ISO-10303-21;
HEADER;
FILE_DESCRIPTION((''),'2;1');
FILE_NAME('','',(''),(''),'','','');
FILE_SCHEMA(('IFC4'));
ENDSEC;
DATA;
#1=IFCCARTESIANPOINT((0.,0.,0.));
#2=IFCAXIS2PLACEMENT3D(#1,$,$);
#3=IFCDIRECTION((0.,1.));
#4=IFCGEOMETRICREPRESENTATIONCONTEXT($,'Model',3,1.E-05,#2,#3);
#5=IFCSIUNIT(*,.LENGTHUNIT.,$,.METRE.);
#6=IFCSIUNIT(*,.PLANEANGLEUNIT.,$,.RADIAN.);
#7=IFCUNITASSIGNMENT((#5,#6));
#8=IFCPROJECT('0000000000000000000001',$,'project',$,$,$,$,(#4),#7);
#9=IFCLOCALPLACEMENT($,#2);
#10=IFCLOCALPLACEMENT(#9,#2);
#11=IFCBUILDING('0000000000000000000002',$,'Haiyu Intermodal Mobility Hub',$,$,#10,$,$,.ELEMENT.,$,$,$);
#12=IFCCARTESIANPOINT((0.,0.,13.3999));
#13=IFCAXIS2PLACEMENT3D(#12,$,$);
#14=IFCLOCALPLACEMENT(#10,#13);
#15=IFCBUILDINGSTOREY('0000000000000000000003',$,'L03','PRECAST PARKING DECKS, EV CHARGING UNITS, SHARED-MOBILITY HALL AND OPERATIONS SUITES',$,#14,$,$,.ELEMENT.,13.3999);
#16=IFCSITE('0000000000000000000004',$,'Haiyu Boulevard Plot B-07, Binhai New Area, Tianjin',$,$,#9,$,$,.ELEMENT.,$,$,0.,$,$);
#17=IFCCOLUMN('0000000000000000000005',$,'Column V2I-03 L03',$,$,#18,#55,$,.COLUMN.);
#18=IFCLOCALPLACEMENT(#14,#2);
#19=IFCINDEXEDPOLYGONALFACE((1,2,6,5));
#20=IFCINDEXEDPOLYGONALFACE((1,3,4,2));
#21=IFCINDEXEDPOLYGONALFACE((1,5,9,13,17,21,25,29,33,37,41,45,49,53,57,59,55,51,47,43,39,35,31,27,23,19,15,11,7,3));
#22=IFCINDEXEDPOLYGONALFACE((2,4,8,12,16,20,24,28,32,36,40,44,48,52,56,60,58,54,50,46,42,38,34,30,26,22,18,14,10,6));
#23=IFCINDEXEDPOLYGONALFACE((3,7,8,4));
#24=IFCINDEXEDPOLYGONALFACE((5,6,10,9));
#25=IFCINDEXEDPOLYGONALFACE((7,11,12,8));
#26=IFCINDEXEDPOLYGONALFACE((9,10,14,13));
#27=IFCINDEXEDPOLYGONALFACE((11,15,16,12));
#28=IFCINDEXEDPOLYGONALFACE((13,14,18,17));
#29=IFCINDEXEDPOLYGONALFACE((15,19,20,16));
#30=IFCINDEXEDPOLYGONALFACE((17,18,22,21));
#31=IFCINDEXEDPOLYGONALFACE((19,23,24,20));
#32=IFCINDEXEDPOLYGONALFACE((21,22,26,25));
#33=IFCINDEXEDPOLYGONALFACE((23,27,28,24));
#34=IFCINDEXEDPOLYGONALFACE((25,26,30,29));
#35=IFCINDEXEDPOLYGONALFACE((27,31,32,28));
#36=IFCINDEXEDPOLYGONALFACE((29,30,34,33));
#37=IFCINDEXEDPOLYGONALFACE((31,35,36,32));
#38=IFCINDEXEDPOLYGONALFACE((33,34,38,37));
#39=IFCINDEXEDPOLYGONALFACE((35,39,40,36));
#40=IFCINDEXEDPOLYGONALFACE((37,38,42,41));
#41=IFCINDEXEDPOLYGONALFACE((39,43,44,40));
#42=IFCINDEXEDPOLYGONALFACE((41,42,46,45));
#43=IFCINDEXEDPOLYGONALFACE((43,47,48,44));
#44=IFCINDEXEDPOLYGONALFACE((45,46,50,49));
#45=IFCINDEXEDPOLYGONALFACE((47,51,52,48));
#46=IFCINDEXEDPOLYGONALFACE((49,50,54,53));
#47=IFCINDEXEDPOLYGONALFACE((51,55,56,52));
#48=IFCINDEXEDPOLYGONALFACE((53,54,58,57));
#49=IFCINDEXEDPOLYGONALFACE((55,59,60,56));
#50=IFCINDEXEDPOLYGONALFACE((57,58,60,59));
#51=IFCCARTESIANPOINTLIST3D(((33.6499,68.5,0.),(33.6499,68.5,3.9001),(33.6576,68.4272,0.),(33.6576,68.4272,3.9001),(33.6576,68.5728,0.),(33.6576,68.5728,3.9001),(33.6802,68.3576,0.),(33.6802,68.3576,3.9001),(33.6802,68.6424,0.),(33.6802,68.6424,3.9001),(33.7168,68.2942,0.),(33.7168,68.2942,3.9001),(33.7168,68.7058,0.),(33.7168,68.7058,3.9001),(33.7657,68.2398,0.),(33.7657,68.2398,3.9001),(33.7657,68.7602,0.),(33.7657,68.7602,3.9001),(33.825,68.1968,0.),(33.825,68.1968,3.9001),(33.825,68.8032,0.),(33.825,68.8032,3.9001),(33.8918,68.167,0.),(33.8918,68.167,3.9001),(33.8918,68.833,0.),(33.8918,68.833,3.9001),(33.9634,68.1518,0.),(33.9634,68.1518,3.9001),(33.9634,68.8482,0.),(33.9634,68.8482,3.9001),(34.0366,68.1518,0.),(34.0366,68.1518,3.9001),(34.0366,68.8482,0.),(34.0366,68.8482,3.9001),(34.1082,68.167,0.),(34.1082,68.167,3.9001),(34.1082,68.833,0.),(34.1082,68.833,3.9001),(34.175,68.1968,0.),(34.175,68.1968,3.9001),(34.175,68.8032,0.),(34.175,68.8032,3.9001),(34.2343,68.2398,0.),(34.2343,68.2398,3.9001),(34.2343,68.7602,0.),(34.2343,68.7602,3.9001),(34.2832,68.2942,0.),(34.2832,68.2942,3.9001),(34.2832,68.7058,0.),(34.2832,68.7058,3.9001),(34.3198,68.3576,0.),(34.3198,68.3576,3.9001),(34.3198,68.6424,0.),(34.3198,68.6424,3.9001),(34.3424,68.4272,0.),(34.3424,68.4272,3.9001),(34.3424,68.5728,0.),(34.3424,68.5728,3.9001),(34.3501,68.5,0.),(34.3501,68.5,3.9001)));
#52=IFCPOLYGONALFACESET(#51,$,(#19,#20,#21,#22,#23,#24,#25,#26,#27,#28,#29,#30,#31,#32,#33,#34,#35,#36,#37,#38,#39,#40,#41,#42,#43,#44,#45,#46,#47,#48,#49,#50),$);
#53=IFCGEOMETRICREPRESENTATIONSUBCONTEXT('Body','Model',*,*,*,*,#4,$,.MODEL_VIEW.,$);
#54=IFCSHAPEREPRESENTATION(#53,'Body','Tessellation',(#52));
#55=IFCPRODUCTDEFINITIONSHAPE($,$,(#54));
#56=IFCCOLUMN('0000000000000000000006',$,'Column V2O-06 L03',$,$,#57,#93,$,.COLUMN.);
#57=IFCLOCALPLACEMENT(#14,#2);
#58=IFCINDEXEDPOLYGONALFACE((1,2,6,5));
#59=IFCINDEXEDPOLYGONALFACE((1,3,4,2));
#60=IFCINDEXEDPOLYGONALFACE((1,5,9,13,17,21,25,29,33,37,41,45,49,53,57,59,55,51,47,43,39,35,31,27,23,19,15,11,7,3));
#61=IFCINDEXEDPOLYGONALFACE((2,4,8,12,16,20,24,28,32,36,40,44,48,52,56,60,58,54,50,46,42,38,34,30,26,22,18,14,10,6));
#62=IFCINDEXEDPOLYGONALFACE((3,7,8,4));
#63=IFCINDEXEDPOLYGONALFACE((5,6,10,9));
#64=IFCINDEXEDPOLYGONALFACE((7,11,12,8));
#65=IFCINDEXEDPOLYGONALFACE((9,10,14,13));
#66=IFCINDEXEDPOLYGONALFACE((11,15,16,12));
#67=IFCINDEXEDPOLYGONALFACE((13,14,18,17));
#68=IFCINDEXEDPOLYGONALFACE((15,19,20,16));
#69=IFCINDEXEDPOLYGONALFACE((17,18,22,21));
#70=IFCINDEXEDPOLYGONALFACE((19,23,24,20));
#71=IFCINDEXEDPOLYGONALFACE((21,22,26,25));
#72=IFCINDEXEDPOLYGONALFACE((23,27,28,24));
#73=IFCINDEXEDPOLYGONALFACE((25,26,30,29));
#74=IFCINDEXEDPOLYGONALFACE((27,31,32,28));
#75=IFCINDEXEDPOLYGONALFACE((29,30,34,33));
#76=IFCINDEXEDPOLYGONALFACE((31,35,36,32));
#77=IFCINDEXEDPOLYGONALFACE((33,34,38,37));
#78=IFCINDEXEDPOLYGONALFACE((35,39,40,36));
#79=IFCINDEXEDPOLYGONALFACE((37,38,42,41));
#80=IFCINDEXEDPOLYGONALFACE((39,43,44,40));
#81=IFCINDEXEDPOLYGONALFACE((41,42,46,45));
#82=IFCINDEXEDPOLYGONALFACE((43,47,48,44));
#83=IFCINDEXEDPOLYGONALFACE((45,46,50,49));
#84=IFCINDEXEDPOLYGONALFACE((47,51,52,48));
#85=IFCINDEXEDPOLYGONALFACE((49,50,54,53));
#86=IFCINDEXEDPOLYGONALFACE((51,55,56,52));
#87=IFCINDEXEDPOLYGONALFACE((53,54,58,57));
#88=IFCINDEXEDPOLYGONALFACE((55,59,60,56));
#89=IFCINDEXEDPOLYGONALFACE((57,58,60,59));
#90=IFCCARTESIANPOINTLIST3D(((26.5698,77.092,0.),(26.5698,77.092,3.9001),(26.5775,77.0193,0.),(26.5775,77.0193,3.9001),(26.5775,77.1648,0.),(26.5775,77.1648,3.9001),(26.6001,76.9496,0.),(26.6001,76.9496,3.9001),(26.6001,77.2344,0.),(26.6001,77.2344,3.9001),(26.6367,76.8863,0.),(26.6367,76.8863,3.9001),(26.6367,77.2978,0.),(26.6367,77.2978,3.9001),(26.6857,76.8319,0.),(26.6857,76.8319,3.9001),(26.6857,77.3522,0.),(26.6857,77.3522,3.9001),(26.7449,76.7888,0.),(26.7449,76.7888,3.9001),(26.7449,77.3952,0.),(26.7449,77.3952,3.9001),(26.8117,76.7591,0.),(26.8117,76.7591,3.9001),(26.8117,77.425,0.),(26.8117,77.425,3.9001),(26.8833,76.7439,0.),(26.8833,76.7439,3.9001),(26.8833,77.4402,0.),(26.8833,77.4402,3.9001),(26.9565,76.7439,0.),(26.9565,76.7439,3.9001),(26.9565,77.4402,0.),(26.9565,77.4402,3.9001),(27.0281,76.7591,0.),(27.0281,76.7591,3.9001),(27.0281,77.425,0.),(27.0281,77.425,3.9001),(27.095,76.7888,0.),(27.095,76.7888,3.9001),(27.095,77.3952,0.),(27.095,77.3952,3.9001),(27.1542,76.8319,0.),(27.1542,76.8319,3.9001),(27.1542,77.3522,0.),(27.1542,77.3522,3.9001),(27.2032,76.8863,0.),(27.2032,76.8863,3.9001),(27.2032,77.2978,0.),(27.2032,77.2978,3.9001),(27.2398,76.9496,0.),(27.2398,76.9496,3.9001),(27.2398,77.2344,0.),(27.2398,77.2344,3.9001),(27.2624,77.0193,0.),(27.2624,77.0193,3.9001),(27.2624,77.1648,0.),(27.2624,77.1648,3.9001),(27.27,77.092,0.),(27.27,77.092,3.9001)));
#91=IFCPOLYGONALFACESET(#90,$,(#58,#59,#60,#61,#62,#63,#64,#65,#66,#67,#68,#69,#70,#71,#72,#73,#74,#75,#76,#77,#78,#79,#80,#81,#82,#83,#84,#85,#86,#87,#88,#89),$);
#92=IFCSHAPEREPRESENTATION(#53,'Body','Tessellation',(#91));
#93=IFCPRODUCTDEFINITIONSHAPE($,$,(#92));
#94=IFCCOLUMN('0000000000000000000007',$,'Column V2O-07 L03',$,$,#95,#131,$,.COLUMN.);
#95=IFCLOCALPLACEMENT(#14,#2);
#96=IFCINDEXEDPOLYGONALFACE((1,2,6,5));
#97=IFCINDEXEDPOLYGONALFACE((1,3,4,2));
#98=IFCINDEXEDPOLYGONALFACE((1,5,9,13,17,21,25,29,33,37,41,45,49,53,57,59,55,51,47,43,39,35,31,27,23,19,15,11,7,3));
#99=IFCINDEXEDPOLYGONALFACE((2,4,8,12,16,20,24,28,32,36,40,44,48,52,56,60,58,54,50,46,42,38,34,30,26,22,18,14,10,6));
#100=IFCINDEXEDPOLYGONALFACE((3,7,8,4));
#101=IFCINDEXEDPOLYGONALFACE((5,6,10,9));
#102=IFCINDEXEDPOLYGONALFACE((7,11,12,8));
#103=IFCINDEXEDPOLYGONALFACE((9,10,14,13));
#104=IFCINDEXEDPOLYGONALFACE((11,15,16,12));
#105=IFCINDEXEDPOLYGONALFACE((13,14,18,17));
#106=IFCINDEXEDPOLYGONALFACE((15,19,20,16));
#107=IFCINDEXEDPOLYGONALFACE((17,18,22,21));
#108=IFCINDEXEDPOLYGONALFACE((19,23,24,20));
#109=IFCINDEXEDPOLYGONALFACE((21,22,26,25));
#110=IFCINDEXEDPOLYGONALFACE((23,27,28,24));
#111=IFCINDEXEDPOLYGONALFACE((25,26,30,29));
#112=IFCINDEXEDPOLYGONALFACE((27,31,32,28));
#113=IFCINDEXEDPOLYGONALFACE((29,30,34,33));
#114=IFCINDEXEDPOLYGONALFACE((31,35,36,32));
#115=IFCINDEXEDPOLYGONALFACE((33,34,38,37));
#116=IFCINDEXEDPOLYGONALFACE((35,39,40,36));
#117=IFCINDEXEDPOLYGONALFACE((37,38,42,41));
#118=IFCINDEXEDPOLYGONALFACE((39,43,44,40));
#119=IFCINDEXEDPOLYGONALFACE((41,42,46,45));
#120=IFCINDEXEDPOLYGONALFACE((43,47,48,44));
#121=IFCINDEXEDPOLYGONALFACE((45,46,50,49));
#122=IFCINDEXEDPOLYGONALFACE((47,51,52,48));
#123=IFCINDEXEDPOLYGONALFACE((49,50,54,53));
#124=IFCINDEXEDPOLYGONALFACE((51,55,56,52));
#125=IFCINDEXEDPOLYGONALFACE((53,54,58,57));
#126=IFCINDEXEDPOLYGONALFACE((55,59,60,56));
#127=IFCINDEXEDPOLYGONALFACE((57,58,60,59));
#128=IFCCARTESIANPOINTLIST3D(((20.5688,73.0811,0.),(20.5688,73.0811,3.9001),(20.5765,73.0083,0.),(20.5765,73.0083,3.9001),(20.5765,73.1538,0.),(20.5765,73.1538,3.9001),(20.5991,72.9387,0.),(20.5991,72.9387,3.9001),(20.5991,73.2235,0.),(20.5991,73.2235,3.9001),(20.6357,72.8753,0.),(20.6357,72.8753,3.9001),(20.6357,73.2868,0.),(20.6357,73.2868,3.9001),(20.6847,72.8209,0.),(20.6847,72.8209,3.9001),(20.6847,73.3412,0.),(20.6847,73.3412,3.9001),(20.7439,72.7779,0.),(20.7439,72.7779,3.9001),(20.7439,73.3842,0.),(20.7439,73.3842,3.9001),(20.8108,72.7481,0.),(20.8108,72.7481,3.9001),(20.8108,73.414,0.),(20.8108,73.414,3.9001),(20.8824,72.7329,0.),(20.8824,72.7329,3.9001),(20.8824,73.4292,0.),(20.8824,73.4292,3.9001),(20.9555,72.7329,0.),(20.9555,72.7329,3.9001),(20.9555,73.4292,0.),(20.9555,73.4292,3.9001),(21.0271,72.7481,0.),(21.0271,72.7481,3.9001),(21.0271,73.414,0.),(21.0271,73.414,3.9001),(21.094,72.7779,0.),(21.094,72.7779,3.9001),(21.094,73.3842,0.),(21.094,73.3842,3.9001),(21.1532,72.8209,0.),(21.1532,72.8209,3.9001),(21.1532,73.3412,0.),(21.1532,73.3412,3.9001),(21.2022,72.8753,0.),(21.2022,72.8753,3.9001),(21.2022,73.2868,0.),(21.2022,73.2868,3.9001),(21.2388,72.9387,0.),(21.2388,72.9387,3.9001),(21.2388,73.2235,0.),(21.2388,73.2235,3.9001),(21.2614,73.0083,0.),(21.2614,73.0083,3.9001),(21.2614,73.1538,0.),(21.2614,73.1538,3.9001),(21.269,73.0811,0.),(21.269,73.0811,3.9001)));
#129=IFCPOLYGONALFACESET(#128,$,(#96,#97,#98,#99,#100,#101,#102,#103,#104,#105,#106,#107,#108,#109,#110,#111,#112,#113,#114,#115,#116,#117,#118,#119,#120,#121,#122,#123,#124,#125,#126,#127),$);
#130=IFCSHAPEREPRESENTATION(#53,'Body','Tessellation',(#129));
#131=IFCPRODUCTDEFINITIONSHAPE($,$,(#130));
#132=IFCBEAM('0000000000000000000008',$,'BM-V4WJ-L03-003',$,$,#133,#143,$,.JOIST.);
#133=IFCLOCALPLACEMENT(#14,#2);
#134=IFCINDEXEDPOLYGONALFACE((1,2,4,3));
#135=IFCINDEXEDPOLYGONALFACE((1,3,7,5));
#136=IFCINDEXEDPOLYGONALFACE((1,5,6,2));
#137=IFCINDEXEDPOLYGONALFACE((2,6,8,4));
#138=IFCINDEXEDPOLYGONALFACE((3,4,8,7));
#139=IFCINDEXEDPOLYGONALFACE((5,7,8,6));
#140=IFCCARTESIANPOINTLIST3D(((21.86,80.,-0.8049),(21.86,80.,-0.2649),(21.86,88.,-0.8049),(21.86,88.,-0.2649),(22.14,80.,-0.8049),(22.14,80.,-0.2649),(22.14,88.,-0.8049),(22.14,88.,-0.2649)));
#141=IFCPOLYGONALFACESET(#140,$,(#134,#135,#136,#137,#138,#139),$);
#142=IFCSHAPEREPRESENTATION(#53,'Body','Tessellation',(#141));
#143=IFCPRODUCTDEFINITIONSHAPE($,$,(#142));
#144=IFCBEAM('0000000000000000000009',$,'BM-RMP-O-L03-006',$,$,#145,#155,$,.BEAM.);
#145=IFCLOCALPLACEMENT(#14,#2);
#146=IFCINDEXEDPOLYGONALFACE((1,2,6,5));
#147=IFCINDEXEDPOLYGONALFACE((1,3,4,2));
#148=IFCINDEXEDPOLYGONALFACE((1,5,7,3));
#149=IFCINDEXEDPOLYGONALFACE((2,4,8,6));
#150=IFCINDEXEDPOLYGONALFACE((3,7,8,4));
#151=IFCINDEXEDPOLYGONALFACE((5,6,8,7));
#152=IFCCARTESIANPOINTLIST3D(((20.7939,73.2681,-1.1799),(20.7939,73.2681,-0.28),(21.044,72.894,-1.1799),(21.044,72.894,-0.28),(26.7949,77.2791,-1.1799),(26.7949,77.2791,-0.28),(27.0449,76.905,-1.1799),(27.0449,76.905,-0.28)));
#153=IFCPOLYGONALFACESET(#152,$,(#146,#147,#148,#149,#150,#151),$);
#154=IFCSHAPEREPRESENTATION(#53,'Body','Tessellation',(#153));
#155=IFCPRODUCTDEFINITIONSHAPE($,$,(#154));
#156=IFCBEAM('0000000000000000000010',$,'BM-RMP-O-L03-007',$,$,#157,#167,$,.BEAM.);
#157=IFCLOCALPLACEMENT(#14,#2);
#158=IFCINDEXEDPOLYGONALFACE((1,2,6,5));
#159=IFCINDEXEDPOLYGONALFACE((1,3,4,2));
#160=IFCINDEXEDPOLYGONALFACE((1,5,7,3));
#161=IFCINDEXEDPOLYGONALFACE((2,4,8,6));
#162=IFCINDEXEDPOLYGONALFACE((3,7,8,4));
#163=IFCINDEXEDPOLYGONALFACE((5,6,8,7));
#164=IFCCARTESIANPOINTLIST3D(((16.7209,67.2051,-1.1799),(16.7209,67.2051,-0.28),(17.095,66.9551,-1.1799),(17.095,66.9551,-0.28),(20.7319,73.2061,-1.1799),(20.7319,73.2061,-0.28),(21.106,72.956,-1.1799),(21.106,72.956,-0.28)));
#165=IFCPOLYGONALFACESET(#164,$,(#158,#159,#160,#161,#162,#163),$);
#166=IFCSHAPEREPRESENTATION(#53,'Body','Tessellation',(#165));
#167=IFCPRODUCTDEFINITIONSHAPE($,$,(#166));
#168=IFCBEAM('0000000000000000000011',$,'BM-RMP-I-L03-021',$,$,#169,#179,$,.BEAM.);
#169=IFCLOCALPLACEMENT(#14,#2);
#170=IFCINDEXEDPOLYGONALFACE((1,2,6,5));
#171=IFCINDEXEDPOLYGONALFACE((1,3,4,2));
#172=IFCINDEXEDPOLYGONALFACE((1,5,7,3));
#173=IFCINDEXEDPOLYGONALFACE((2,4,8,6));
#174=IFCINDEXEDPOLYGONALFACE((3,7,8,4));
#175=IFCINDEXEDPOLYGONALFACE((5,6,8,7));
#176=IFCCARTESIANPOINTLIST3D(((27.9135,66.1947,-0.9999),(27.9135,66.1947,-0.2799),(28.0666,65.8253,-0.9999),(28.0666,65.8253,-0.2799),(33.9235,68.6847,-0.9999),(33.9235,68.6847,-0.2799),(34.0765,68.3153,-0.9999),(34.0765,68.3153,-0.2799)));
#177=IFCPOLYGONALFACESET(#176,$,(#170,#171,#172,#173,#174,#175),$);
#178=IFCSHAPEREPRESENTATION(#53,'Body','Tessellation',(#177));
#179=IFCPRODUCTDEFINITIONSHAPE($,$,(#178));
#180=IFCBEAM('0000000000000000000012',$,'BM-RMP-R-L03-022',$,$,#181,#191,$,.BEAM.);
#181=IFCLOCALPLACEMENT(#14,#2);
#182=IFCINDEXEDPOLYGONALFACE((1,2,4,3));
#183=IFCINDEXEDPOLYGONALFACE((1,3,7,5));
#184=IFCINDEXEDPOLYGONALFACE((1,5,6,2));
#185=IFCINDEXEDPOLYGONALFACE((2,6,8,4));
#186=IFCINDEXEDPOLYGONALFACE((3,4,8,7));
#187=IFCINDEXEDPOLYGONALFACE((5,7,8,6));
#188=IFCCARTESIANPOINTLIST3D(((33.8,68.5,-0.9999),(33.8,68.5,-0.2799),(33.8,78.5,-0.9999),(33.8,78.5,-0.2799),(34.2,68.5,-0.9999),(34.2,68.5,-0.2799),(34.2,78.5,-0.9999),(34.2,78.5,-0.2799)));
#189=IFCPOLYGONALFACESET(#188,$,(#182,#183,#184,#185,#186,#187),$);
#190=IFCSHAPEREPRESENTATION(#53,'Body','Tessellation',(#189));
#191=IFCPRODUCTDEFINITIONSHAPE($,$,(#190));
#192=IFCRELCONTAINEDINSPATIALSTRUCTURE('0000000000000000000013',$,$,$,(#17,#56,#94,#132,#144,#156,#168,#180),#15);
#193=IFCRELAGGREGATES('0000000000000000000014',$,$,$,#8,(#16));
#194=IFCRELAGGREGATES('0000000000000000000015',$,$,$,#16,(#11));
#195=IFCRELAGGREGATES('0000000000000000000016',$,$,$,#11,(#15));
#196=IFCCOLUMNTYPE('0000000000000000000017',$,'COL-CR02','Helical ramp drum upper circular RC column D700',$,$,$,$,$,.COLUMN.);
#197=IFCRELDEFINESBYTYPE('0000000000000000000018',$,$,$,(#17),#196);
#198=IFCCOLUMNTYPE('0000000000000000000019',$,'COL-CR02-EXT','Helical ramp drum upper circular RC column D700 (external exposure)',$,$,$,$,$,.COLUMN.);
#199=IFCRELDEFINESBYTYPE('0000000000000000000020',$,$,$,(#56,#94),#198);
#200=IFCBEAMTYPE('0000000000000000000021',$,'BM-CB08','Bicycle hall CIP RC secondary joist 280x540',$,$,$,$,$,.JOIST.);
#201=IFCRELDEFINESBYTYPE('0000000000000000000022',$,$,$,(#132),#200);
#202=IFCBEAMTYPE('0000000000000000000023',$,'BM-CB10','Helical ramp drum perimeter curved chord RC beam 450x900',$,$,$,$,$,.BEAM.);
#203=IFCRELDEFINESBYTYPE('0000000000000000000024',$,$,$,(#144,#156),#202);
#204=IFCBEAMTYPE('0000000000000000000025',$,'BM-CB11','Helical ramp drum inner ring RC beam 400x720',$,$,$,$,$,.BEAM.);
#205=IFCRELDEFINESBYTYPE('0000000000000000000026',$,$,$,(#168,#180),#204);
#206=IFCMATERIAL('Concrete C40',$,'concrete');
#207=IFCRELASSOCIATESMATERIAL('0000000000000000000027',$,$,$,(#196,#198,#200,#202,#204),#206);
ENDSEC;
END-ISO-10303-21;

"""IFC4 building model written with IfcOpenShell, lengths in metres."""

from ifc_helpers import new_model, si_unit, direction, frame, origin, origin_2d, place, context, subcontext, project, spatial, rectangle, circle, extrude, material, material_profile, profile_set, type_object, element, save


model = new_model("IFC4")

# Units and contexts
model_context = context("Model", 3, precision=1e-05, world=origin(), true_north=direction((0.0, 1.0)))
body_context = subcontext(model_context, "Body", "Model", "MODEL_VIEW")
ifc_project = project(units=[si_unit("LENGTHUNIT", "METRE"), si_unit("PLANEANGLEUNIT", "RADIAN")], contexts=[model_context])

# Site, building, storey
site_placement = place(None, origin())
site = spatial("IfcSite", under=ifc_project, at=site_placement, Name="Haiyu Boulevard Plot B-07, Binhai New Area, Tianjin", CompositionType="ELEMENT", RefElevation=0.0)
building_placement = place(site_placement, origin())
building = spatial("IfcBuilding", under=site, at=building_placement, Name="Haiyu Intermodal Mobility Hub", CompositionType="ELEMENT")
storey_placement = place(building_placement, frame((0.0, 0.0, 13.3999)))
storey = spatial("IfcBuildingStorey", under=building, at=storey_placement, Name="L03", Description="PRECAST PARKING DECKS, EV CHARGING UNITS, SHARED-MOBILITY HALL AND OPERATIONS SUITES", CompositionType="ELEMENT", Elevation=13.3999)

# Columns
ifc_material_1 = material(Name="Concrete C40", Category="concrete")
ifc_material_profile_1 = material_profile(ifc_material_1, circle(Radius=0.3501, at=origin_2d()), Name="RCCOL-D700")
ifc_profile_set_1 = profile_set([ifc_material_profile_1], Name="Concrete C40")
column_type_1 = type_object("IfcColumnType", Name="COL-CR02", Description="Helical ramp drum upper circular RC column D700", PredefinedType="COLUMN", material=ifc_profile_set_1)
column_placement = place(storey_placement, frame((34.0, 68.5, 0.0), z_axis=(0.0, 0.0, 1.0), x_axis=(1.0, 0.0, 0.0)))
element("IfcColumn", 1, at=column_placement, inside=storey, type_object=column_type_1, Name="Column V2I-03 L03", PredefinedType="COLUMN", context=body_context, shape_type="SweptSolid", body=[
    extrude(circle(Radius=0.3501, at=origin_2d()), origin(), (0.0, 0.0, 1.0), 3.9001),
])
ifc_material_profile_2 = material_profile(ifc_material_1, circle(Radius=0.3501, at=origin_2d()), Name="RCCOL-D700")
ifc_profile_set_2 = profile_set([ifc_material_profile_2], Name="Concrete C40")
column_type_2 = type_object("IfcColumnType", Name="COL-CR02-EXT", Description="Helical ramp drum upper circular RC column D700 (external exposure)", PredefinedType="COLUMN", material=ifc_profile_set_2)
for number, where, z_axis, x_axis, name in (
    (2, (26.9199, 77.092, 0.0), (0.0, 0.0, 1.0), (1.0, 0.0, 0.0), "Column V2O-06 L03"),
    (3, (20.9189, 73.0811, 0.0), (0.0, 0.0, 1.0), (1.0, 0.0, 0.0), "Column V2O-07 L03"),
):
    element("IfcColumn", number, at=place(storey_placement, frame(where, z_axis=z_axis, x_axis=x_axis)), inside=storey, type_object=column_type_2, Name=name, PredefinedType="COLUMN", context=body_context, shape_type="SweptSolid", body=[
        extrude(circle(Radius=0.3501, at=origin_2d()), origin(), (0.0, 0.0, 1.0), 3.9001),
    ])

# Beams
ifc_material_profile_3 = material_profile(ifc_material_1, rectangle(XDim=0.28, YDim=0.54, at=origin_2d()), Name="RCB280x540")
ifc_profile_set_3 = profile_set([ifc_material_profile_3], Name="Concrete C40")
beam_type_1 = type_object("IfcBeamType", Name="BM-CB08", Description="Bicycle hall CIP RC secondary joist 280x540", PredefinedType="JOIST", material=ifc_profile_set_3)
beam_1_placement = place(storey_placement, frame((22.0, 80.0, -0.5349), z_axis=(0.0, 1.0, 0.0), x_axis=(-1.0, 0.0, 0.0)))
element("IfcBeam", 4, at=beam_1_placement, inside=storey, type_object=beam_type_1, Name="BM-V4WJ-L03-003", PredefinedType="JOIST", context=body_context, shape_type="SweptSolid", body=[
    extrude(rectangle(XDim=0.28, YDim=0.54, at=origin_2d()), origin(), (0.0, 0.0, 1.0), 8.0),
])
ifc_material_profile_4 = material_profile(ifc_material_1, rectangle(XDim=0.45, YDim=0.8999, at=origin_2d()), Name="RCB450x900")
ifc_profile_set_4 = profile_set([ifc_material_profile_4], Name="Concrete C40")
beam_type_2 = type_object("IfcBeamType", Name="BM-CB10", Description="Helical ramp drum perimeter curved chord RC beam 450x900", PredefinedType="BEAM", material=ifc_profile_set_4)
for number, where, z_axis, x_axis, name in (
    (5, (26.9199, 77.092, -0.73), (-0.831389, -0.555691, 0.0), (0.555691, -0.831389, 0.0), "BM-RMP-O-L03-006"),
    (6, (20.9189, 73.0811, -0.73), (-0.555691, -0.831389, 0.0), (0.831389, -0.555691, 0.0), "BM-RMP-O-L03-007"),
):
    element("IfcBeam", number, at=place(storey_placement, frame(where, z_axis=z_axis, x_axis=x_axis)), inside=storey, type_object=beam_type_2, Name=name, PredefinedType="BEAM", context=body_context, shape_type="SweptSolid", body=[
        extrude(rectangle(XDim=0.45, YDim=0.8999, at=origin_2d()), origin(), (0.0, 0.0, 1.0), 7.218),
    ])
ifc_material_profile_5 = material_profile(ifc_material_1, rectangle(XDim=0.3999, YDim=0.72, at=origin_2d()), Name="RCB400x720")
ifc_profile_set_5 = profile_set([ifc_material_profile_5], Name="Concrete C40")
beam_type_3 = type_object("IfcBeamType", Name="BM-CB11", Description="Helical ramp drum inner ring RC beam 400x720", PredefinedType="BEAM", material=ifc_profile_set_5)
beam_2_placement = place(storey_placement, frame((34.0, 68.5, -0.6399), z_axis=(-0.923849, -0.382757, 0.0), x_axis=(0.382757, -0.923849, 0.0)))
element("IfcBeam", 7, at=beam_2_placement, inside=storey, type_object=beam_type_3, Name="BM-RMP-I-L03-021", PredefinedType="BEAM", context=body_context, shape_type="SweptSolid", body=[
    extrude(rectangle(XDim=0.3999, YDim=0.72, at=origin_2d()), origin(), (0.0, 0.0, 1.0), 6.5054),
])
for number, where, z_axis, x_axis, name in (
    (8, (34.0, 68.5, -0.6399), (0.0, 1.0, 0.0), (-1.0, 0.0, 0.0), "BM-RMP-R-L03-022"),
):
    element("IfcBeam", number, at=place(storey_placement, frame(where, z_axis=z_axis, x_axis=x_axis)), inside=storey, type_object=beam_type_3, Name=name, PredefinedType="BEAM", context=body_context, shape_type="SweptSolid", body=[
        extrude(rectangle(XDim=0.3999, YDim=0.72, at=origin_2d()), origin(), (0.0, 0.0, 1.0), 10.0),
    ])

save(model, "model.ifc")
